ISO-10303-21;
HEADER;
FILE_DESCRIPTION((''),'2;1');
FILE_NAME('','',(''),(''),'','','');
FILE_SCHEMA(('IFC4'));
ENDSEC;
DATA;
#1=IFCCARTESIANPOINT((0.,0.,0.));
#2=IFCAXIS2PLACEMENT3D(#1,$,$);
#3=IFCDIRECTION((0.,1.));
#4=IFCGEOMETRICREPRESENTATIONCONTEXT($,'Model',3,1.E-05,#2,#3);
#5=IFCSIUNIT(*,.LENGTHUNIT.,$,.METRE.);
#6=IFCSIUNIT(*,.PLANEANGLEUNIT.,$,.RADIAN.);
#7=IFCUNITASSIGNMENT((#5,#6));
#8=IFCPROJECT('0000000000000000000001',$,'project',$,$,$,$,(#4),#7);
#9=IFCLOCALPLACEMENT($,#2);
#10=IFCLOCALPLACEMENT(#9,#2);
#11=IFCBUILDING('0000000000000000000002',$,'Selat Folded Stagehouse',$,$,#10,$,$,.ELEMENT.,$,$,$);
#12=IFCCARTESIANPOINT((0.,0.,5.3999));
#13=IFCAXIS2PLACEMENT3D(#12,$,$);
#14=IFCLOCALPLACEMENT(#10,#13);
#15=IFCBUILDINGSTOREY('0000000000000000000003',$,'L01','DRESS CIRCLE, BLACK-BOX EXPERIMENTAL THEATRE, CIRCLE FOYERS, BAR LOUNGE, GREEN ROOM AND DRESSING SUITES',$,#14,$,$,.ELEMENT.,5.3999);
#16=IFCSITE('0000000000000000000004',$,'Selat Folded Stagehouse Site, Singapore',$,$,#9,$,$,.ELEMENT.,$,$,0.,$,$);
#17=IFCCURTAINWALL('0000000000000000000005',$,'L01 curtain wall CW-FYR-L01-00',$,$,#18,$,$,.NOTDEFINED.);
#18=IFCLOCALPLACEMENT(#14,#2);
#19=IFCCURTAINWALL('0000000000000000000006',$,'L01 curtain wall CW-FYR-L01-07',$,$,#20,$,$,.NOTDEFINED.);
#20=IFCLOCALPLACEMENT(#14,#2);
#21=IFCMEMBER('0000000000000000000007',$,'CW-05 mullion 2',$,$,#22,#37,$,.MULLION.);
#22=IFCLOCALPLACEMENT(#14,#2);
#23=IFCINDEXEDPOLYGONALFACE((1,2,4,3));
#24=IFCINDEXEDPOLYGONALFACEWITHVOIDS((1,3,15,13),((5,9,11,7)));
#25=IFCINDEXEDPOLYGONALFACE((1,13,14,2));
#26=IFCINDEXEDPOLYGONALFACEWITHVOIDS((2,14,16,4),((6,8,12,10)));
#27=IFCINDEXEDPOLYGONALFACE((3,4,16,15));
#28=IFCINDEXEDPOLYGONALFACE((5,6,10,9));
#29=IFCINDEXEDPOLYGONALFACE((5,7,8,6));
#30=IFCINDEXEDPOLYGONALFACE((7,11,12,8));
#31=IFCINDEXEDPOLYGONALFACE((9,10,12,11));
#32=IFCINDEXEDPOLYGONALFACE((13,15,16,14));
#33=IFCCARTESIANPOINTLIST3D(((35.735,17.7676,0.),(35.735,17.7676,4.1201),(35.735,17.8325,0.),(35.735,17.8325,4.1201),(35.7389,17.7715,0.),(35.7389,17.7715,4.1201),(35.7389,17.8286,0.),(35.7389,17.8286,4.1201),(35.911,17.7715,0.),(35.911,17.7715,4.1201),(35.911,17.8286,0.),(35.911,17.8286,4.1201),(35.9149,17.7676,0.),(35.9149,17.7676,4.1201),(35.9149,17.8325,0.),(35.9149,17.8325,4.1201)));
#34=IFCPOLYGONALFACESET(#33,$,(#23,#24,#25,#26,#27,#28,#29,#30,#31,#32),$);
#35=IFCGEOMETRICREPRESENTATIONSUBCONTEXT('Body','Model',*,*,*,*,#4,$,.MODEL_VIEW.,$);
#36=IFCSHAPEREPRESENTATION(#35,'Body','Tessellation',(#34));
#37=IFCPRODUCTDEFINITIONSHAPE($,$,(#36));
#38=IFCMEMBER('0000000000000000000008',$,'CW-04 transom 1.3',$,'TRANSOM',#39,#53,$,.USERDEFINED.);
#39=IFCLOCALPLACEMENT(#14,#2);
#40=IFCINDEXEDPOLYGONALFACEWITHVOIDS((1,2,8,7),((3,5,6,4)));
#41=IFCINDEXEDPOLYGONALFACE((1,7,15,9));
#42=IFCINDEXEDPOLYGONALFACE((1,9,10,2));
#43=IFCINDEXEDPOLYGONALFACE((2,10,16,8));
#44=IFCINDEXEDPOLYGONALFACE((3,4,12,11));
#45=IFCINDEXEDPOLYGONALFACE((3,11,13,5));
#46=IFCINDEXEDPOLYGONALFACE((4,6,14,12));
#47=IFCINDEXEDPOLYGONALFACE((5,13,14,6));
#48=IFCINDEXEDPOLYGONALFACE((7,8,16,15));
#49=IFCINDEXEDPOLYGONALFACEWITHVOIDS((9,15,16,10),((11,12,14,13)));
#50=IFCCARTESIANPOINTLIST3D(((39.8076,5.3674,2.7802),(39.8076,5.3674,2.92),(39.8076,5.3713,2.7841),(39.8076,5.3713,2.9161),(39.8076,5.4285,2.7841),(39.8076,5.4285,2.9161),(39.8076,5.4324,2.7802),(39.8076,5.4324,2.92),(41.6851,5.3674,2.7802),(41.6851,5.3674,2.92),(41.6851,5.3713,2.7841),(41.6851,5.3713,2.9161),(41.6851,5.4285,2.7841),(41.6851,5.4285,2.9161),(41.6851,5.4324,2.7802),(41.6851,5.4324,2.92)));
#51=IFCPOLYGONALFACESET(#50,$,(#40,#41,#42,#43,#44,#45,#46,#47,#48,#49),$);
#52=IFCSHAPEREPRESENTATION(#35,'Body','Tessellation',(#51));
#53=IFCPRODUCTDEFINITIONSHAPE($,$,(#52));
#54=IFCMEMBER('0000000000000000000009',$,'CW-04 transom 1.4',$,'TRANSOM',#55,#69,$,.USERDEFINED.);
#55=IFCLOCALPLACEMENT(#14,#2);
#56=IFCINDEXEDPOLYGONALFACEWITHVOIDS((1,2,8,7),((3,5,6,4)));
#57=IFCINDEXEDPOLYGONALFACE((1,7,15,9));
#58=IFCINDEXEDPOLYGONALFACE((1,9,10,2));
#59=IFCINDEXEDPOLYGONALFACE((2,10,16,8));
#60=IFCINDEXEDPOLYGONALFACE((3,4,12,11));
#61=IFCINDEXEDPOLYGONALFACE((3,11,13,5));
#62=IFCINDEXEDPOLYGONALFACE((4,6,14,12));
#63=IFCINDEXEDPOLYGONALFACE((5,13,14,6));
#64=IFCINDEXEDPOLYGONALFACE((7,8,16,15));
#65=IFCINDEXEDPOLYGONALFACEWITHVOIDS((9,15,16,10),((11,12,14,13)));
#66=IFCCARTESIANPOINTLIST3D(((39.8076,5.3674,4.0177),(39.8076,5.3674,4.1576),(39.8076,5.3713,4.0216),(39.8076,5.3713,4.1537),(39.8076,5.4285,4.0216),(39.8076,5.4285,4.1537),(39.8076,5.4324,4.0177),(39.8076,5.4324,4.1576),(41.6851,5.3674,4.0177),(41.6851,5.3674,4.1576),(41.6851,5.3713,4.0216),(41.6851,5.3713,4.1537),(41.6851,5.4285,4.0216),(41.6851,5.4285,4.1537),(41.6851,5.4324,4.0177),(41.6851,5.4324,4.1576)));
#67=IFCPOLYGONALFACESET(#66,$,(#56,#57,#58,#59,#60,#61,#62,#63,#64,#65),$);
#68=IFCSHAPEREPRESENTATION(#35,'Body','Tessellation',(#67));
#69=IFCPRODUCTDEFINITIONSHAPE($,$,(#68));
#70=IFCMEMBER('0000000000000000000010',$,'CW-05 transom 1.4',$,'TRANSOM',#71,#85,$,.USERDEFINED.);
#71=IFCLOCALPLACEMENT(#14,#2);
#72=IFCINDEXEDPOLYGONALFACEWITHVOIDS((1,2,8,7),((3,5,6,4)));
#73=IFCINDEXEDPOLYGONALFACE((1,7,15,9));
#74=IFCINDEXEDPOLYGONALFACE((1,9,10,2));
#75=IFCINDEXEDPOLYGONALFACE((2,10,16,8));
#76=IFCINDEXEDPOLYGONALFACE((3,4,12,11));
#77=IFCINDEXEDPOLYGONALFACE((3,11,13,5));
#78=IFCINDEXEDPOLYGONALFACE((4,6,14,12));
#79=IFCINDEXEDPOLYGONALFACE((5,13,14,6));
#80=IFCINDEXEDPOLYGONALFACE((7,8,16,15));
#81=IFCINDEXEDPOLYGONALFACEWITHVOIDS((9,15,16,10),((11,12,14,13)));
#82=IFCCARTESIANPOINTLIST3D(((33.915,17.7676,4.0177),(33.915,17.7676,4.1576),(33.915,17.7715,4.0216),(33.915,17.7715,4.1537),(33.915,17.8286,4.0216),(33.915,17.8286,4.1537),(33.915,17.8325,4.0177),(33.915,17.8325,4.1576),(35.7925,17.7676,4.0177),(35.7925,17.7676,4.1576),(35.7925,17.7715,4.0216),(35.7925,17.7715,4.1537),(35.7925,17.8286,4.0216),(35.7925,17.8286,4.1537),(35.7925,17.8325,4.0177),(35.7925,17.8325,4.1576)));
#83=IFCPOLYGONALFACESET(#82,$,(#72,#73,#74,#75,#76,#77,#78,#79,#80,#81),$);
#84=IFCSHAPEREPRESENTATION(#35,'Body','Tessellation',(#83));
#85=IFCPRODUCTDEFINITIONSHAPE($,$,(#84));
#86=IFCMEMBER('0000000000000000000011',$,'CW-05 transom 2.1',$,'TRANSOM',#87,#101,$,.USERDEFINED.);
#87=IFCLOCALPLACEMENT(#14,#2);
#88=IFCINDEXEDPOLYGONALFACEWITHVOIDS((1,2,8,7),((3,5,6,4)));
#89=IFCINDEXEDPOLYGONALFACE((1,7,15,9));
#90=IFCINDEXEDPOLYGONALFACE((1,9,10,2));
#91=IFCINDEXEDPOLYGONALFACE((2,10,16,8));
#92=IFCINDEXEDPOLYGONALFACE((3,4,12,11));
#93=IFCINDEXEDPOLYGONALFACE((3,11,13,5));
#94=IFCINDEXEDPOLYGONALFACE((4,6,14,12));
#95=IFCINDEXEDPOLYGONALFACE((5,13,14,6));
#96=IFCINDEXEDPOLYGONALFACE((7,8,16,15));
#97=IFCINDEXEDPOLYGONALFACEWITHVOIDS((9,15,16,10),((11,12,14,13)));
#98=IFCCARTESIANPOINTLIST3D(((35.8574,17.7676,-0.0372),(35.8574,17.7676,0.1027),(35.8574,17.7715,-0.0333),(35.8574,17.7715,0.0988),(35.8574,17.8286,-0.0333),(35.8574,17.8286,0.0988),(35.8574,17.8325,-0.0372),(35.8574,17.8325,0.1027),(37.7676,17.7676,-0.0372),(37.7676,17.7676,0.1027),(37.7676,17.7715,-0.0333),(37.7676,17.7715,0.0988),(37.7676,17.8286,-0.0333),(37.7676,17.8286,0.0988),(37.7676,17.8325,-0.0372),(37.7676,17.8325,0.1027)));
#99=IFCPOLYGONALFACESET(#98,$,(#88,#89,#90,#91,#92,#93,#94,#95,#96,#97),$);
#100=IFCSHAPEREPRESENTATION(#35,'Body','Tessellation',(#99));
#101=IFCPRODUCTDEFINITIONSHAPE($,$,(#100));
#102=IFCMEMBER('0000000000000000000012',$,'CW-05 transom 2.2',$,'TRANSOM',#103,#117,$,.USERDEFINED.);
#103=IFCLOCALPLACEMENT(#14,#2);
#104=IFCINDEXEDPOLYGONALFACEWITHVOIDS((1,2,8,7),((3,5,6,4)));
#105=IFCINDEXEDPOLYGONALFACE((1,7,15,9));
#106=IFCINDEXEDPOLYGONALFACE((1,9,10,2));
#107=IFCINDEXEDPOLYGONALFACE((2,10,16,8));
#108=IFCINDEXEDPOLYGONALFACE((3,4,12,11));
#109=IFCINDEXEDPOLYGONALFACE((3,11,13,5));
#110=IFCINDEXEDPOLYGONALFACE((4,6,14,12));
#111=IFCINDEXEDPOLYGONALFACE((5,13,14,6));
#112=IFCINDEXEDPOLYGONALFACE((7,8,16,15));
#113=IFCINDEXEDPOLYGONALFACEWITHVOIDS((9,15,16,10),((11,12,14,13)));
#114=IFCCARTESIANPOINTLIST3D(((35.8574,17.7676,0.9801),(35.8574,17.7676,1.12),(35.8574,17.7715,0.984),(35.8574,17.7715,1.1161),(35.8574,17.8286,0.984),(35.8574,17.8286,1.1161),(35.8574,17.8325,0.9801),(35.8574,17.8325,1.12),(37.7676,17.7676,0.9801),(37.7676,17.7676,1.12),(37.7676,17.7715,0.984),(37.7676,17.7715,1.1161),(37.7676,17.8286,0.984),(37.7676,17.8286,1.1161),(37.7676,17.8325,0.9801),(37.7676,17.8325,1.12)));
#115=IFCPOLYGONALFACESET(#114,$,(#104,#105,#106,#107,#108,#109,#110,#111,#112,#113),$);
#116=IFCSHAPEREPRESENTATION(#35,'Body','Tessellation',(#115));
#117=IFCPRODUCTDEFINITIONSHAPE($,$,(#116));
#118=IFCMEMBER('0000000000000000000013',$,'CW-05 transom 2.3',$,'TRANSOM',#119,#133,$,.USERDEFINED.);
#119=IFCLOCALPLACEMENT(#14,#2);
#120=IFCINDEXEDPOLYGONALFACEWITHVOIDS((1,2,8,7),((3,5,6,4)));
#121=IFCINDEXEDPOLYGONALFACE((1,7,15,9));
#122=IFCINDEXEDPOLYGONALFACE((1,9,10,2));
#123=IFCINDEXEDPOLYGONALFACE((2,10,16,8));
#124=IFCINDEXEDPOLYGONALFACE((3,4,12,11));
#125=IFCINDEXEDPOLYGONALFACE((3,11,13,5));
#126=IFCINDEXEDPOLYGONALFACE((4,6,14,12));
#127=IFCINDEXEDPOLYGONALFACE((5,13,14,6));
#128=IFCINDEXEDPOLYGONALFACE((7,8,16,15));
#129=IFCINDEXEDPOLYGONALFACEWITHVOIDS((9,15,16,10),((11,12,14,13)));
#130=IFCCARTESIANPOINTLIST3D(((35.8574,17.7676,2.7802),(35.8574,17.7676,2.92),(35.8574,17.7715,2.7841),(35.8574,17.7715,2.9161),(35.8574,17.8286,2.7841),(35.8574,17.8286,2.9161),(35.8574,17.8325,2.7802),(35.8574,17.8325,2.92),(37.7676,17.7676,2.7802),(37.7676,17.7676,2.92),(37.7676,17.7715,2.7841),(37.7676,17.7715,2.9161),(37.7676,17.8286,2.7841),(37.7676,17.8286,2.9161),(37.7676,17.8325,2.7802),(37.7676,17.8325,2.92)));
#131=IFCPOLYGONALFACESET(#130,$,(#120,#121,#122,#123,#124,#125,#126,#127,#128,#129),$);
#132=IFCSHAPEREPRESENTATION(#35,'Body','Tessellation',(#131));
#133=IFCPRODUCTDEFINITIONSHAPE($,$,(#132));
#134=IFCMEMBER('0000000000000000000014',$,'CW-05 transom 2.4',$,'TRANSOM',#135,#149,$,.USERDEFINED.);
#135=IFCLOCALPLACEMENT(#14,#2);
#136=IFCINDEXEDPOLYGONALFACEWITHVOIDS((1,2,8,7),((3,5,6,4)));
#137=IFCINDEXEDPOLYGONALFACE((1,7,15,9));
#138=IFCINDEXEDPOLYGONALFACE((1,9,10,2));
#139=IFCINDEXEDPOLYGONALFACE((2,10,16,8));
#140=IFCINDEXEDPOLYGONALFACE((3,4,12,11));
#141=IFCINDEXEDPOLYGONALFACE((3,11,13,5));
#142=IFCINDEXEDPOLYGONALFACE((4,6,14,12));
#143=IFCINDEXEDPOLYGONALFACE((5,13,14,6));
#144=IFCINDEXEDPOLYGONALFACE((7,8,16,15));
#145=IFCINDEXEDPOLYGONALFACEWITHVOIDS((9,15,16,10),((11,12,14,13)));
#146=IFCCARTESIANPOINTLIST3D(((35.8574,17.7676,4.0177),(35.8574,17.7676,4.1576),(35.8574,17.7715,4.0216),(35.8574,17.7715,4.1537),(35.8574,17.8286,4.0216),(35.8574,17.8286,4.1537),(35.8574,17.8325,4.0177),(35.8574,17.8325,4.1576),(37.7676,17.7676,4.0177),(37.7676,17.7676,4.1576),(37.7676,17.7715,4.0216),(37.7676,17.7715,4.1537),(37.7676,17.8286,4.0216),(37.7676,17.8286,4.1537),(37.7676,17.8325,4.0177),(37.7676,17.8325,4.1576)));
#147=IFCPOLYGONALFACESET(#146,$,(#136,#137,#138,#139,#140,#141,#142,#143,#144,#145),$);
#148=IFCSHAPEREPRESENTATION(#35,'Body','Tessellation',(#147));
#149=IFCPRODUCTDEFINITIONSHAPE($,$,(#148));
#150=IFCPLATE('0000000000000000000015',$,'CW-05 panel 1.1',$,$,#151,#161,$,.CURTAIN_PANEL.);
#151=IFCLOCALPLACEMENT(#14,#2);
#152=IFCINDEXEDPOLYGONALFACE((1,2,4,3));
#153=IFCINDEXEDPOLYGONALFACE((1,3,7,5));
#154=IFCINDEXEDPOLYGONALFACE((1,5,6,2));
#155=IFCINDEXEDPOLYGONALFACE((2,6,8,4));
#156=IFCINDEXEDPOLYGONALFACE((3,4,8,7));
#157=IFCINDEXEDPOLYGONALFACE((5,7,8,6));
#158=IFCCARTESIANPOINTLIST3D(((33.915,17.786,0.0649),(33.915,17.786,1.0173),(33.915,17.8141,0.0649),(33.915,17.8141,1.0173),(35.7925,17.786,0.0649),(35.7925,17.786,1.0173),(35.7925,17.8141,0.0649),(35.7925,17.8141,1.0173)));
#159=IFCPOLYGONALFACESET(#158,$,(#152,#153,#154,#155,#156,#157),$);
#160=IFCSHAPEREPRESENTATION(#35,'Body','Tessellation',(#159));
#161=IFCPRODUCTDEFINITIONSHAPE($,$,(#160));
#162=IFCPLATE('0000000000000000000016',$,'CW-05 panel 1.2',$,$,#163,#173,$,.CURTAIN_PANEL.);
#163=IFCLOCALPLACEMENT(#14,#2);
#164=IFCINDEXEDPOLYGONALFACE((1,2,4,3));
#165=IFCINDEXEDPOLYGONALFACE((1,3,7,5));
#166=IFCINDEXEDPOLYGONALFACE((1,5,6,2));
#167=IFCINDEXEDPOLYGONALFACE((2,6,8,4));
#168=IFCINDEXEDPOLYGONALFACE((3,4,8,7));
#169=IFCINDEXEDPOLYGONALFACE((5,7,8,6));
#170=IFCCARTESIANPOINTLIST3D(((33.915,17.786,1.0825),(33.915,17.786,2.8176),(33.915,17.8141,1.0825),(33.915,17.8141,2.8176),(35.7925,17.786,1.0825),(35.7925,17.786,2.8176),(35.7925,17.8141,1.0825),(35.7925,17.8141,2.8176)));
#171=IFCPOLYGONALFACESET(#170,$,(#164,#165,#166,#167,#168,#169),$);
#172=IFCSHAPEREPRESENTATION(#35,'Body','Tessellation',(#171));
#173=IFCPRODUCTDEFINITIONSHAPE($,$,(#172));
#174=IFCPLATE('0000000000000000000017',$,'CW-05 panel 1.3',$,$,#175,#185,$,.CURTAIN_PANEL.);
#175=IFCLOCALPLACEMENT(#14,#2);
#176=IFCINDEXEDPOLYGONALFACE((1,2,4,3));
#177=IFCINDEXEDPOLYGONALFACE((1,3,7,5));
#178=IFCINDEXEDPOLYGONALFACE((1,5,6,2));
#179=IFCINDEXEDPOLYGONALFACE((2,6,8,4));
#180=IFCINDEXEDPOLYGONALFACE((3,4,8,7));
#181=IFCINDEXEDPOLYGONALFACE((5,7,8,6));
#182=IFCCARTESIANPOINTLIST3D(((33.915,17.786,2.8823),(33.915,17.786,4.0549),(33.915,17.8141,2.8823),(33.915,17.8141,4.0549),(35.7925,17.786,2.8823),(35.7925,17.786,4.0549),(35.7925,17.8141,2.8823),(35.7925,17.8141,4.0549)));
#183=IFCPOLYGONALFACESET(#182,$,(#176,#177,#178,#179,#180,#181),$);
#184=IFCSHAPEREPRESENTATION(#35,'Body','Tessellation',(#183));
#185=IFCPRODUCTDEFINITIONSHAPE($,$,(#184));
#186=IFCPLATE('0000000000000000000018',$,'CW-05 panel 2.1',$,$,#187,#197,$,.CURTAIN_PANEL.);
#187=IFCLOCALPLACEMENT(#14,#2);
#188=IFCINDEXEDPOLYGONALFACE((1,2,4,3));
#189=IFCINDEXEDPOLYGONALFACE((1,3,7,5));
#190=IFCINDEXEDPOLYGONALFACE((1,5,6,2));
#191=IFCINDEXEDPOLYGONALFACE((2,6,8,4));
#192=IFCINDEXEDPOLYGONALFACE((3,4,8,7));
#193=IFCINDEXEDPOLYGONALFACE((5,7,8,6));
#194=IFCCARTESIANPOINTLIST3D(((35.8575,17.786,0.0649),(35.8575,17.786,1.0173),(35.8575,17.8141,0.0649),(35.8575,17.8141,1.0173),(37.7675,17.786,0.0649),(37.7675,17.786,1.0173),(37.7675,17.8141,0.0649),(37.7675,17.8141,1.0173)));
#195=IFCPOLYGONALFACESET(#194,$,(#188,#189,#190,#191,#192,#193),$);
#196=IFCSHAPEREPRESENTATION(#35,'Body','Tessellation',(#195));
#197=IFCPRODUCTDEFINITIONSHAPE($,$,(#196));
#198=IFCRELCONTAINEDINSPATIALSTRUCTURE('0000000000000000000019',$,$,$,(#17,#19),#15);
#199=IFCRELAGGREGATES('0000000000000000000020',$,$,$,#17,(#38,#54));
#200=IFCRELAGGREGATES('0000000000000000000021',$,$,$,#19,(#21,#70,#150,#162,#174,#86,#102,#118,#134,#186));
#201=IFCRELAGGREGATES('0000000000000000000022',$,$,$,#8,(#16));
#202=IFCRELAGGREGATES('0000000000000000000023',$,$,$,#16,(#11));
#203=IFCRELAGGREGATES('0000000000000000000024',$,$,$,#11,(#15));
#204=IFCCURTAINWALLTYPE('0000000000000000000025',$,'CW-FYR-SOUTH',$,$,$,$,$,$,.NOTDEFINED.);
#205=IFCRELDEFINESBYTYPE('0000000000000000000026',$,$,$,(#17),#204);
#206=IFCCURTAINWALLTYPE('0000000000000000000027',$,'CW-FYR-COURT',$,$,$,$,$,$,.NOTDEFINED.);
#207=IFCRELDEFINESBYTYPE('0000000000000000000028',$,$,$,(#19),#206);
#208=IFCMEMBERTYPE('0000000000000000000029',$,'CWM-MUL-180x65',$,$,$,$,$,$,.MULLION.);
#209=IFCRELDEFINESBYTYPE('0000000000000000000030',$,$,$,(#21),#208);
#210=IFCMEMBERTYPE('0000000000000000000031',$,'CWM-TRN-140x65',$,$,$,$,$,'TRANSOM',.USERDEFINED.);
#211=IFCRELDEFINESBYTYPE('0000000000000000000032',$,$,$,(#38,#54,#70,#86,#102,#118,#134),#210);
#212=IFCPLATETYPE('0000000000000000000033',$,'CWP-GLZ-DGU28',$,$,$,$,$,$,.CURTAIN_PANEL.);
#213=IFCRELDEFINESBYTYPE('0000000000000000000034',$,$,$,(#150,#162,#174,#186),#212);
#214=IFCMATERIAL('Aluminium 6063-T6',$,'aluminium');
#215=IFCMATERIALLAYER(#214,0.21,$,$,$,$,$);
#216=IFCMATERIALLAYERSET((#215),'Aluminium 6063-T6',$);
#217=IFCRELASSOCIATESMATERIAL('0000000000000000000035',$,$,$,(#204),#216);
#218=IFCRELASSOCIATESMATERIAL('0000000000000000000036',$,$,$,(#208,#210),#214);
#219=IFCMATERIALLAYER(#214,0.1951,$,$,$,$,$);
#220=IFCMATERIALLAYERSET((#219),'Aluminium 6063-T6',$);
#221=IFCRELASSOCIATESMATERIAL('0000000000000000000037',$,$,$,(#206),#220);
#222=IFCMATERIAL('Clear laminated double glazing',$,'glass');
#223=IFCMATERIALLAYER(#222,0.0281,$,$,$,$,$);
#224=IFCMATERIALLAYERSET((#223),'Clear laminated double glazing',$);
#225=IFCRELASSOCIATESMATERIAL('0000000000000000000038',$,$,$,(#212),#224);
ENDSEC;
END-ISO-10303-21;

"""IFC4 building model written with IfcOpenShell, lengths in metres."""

from ifc_helpers import new_model, si_unit, direction, frame, origin, origin_2d, place, context, subcontext, project, spatial, rectangle, hollow_rectangle, extrude, material, layer, layer_set, material_profile, profile_set, type_object, element, aggregate, save


model = new_model("IFC4")

# Units and contexts
model_context = context("Model", 3, precision=1e-05, world=origin(), true_north=direction((0.0, 1.0)))
body_context = subcontext(model_context, "Body", "Model", "MODEL_VIEW")
ifc_project = project(units=[si_unit("LENGTHUNIT", "METRE"), si_unit("PLANEANGLEUNIT", "RADIAN")], contexts=[model_context])

# Site, building, storey
site_placement = place(None, origin())
site = spatial("IfcSite", under=ifc_project, at=site_placement, Name="Selat Folded Stagehouse Site, Singapore", CompositionType="ELEMENT", RefElevation=0.0)
building_placement = place(site_placement, origin())
building = spatial("IfcBuilding", under=site, at=building_placement, Name="Selat Folded Stagehouse", CompositionType="ELEMENT")
storey_placement = place(building_placement, frame((0.0, 0.0, 5.3999)))
storey = spatial("IfcBuildingStorey", under=building, at=storey_placement, Name="L01", Description="DRESS CIRCLE, BLACK-BOX EXPERIMENTAL THEATRE, CIRCLE FOYERS, BAR LOUNGE, GREEN ROOM AND DRESSING SUITES", CompositionType="ELEMENT", Elevation=5.3999)

# Curtain walls, member
ifc_material_1 = material(Name="Aluminium 6063-T6", Category="aluminium")
ifc_layer_1 = layer(ifc_material_1, 0.21)
ifc_layer_set_1 = layer_set([ifc_layer_1], Name="Aluminium 6063-T6")
curtain_wall_type_1 = type_object("IfcCurtainWallType", Name="CW-FYR-SOUTH", PredefinedType="NOTDEFINED", material=ifc_layer_set_1)
curtain_wall_1_placement = place(storey_placement, origin())
curtain_wall_1 = element("IfcCurtainWall", 1, at=curtain_wall_1_placement, inside=storey, type_object=curtain_wall_type_1, Name="L01 curtain wall CW-FYR-L01-00", PredefinedType="NOTDEFINED")
ifc_material_profile_1 = material_profile(ifc_material_1, hollow_rectangle(XDim=0.0649, YDim=0.1799, WallThickness=0.0039, at=origin_2d()), Name="ALU 180x65x4.0")
ifc_profile_set_1 = profile_set([ifc_material_profile_1], Name="Aluminium 6063-T6")
member_type_1 = type_object("IfcMemberType", Name="CWM-MUL-180x65", PredefinedType="MULLION", material=ifc_profile_set_1)
ifc_layer_2 = layer(ifc_material_1, 0.1951)
ifc_layer_set_2 = layer_set([ifc_layer_2], Name="Aluminium 6063-T6")
curtain_wall_type_2 = type_object("IfcCurtainWallType", Name="CW-FYR-COURT", PredefinedType="NOTDEFINED", material=ifc_layer_set_2)
curtain_wall_2_placement = place(storey_placement, origin())
curtain_wall_2 = element("IfcCurtainWall", 2, at=curtain_wall_2_placement, inside=storey, type_object=curtain_wall_type_2, Name="L01 curtain wall CW-FYR-L01-07", PredefinedType="NOTDEFINED")
member_1_placement = place(storey_placement, frame((35.825, 17.8, 0.0), z_axis=(0.0, 0.0, 1.0), x_axis=(0.0, 1.0, 0.0)))
member_1 = element("IfcMember", 3, at=member_1_placement, type_object=member_type_1, Name="CW-05 mullion 2", PredefinedType="MULLION", context=body_context, shape_type="SweptSolid", body=[
    extrude(hollow_rectangle(XDim=0.0649, YDim=0.1799, WallThickness=0.0039, at=origin_2d()), origin(), (0.0, 0.0, 1.0), 4.1201),
])

# Members
ifc_material_profile_2 = material_profile(ifc_material_1, hollow_rectangle(XDim=0.0649, YDim=0.1399, WallThickness=0.0039, at=origin_2d()), Name="ALU 140x65x4.0")
ifc_profile_set_2 = profile_set([ifc_material_profile_2], Name="Aluminium 6063-T6")
member_type_2 = type_object("IfcMemberType", Name="CWM-TRN-140x65", ElementType="TRANSOM", PredefinedType="USERDEFINED", material=ifc_profile_set_2)
member_2_placement = place(storey_placement, frame((41.6851, 5.3999, 2.8501), z_axis=(-1.0, 0.0, 0.0), x_axis=(0.0, -1.0, 0.0)))
member_2 = element("IfcMember", 4, at=member_2_placement, type_object=member_type_2, Name="CW-04 transom 1.3", ObjectType="TRANSOM", PredefinedType="USERDEFINED", context=body_context, shape_type="SweptSolid", body=[
    extrude(hollow_rectangle(XDim=0.0649, YDim=0.1399, WallThickness=0.0039, at=origin_2d()), origin(), (0.0, 0.0, 1.0), 1.8774),
])
member_3_placement = place(storey_placement, frame((41.6851, 5.3999, 4.0876), z_axis=(-1.0, 0.0, 0.0), x_axis=(0.0, -1.0, 0.0)))
member_3 = element("IfcMember", 5, at=member_3_placement, type_object=member_type_2, Name="CW-04 transom 1.4", ObjectType="TRANSOM", PredefinedType="USERDEFINED", context=body_context, shape_type="SweptSolid", body=[
    extrude(hollow_rectangle(XDim=0.0649, YDim=0.1399, WallThickness=0.0039, at=origin_2d()), origin(), (0.0, 0.0, 1.0), 1.8774),
])
aggregate(curtain_wall_1, [member_2, member_3])
member_4_placement = place(storey_placement, frame((33.915, 17.8, 4.0876), z_axis=(1.0, 0.0, 0.0), x_axis=(0.0, 1.0, 0.0)))
member_4 = element("IfcMember", 6, at=member_4_placement, type_object=member_type_2, Name="CW-05 transom 1.4", ObjectType="TRANSOM", PredefinedType="USERDEFINED", context=body_context, shape_type="SweptSolid", body=[
    extrude(hollow_rectangle(XDim=0.0649, YDim=0.1399, WallThickness=0.0039, at=origin_2d()), origin(), (0.0, 0.0, 1.0), 1.8774),
])
member_5_placement = place(storey_placement, frame((35.8574, 17.8, 0.0327), z_axis=(1.0, 0.0, 0.0), x_axis=(0.0, 1.0, 0.0)))
member_5 = element("IfcMember", 7, at=member_5_placement, type_object=member_type_2, Name="CW-05 transom 2.1", ObjectType="TRANSOM", PredefinedType="USERDEFINED", context=body_context, shape_type="SweptSolid", body=[
    extrude(hollow_rectangle(XDim=0.0649, YDim=0.1399, WallThickness=0.0039, at=origin_2d()), origin(), (0.0, 0.0, 1.0), 1.9102),
])
member_6_placement = place(storey_placement, frame((35.8574, 17.8, 1.05), z_axis=(1.0, 0.0, 0.0), x_axis=(0.0, 1.0, 0.0)))
member_6 = element("IfcMember", 8, at=member_6_placement, type_object=member_type_2, Name="CW-05 transom 2.2", ObjectType="TRANSOM", PredefinedType="USERDEFINED", context=body_context, shape_type="SweptSolid", body=[
    extrude(hollow_rectangle(XDim=0.0649, YDim=0.1399, WallThickness=0.0039, at=origin_2d()), origin(), (0.0, 0.0, 1.0), 1.9102),
])
member_7_placement = place(storey_placement, frame((35.8574, 17.8, 2.8501), z_axis=(1.0, 0.0, 0.0), x_axis=(0.0, 1.0, 0.0)))
member_7 = element("IfcMember", 9, at=member_7_placement, type_object=member_type_2, Name="CW-05 transom 2.3", ObjectType="TRANSOM", PredefinedType="USERDEFINED", context=body_context, shape_type="SweptSolid", body=[
    extrude(hollow_rectangle(XDim=0.0649, YDim=0.1399, WallThickness=0.0039, at=origin_2d()), origin(), (0.0, 0.0, 1.0), 1.9102),
])
member_8_placement = place(storey_placement, frame((35.8574, 17.8, 4.0876), z_axis=(1.0, 0.0, 0.0), x_axis=(0.0, 1.0, 0.0)))
member_8 = element("IfcMember", 10, at=member_8_placement, type_object=member_type_2, Name="CW-05 transom 2.4", ObjectType="TRANSOM", PredefinedType="USERDEFINED", context=body_context, shape_type="SweptSolid", body=[
    extrude(hollow_rectangle(XDim=0.0649, YDim=0.1399, WallThickness=0.0039, at=origin_2d()), origin(), (0.0, 0.0, 1.0), 1.9102),
])

# Plates
ifc_material_2 = material(Name="Clear laminated double glazing", Category="glass")
ifc_layer_3 = layer(ifc_material_2, 0.0281)
ifc_layer_set_3 = layer_set([ifc_layer_3], Name="Clear laminated double glazing")
plate_type_1 = type_object("IfcPlateType", Name="CWP-GLZ-DGU28", PredefinedType="CURTAIN_PANEL", material=ifc_layer_set_3)
plate_1_placement = place(storey_placement, frame((34.8538, 17.8, 0.0649), z_axis=(0.0, 0.0, 1.0), x_axis=(1.0, 0.0, 0.0)))
plate_1 = element("IfcPlate", 11, at=plate_1_placement, type_object=plate_type_1, Name="CW-05 panel 1.1", PredefinedType="CURTAIN_PANEL", context=body_context, shape_type="SweptSolid", body=[
    extrude(rectangle(XDim=1.8774, YDim=0.0281, at=origin_2d()), origin(), (0.0, 0.0, 1.0), 0.9524),
])
plate_2_placement = place(storey_placement, frame((34.8538, 17.8, 1.0825), z_axis=(0.0, 0.0, 1.0), x_axis=(1.0, 0.0, 0.0)))
plate_2 = element("IfcPlate", 12, at=plate_2_placement, type_object=plate_type_1, Name="CW-05 panel 1.2", PredefinedType="CURTAIN_PANEL", context=body_context, shape_type="SweptSolid", body=[
    extrude(rectangle(XDim=1.8774, YDim=0.0281, at=origin_2d()), origin(), (0.0, 0.0, 1.0), 1.7351),
])
plate_3_placement = place(storey_placement, frame((34.8538, 17.8, 2.8823), z_axis=(0.0, 0.0, 1.0), x_axis=(1.0, 0.0, 0.0)))
plate_3 = element("IfcPlate", 13, at=plate_3_placement, type_object=plate_type_1, Name="CW-05 panel 1.3", PredefinedType="CURTAIN_PANEL", context=body_context, shape_type="SweptSolid", body=[
    extrude(rectangle(XDim=1.8774, YDim=0.0281, at=origin_2d()), origin(), (0.0, 0.0, 1.0), 1.1726),
])
plate_4_placement = place(storey_placement, frame((36.8125, 17.8, 0.0649), z_axis=(0.0, 0.0, 1.0), x_axis=(1.0, 0.0, 0.0)))
plate_4 = element("IfcPlate", 14, at=plate_4_placement, type_object=plate_type_1, Name="CW-05 panel 2.1", PredefinedType="CURTAIN_PANEL", context=body_context, shape_type="SweptSolid", body=[
    extrude(rectangle(XDim=1.9099, YDim=0.0281, at=origin_2d()), origin(), (0.0, 0.0, 1.0), 0.9524),
])
aggregate(curtain_wall_2, [member_1, member_4, plate_1, plate_2, plate_3, member_5, member_6, member_7, member_8, plate_4])

save(model, "model.ifc")
